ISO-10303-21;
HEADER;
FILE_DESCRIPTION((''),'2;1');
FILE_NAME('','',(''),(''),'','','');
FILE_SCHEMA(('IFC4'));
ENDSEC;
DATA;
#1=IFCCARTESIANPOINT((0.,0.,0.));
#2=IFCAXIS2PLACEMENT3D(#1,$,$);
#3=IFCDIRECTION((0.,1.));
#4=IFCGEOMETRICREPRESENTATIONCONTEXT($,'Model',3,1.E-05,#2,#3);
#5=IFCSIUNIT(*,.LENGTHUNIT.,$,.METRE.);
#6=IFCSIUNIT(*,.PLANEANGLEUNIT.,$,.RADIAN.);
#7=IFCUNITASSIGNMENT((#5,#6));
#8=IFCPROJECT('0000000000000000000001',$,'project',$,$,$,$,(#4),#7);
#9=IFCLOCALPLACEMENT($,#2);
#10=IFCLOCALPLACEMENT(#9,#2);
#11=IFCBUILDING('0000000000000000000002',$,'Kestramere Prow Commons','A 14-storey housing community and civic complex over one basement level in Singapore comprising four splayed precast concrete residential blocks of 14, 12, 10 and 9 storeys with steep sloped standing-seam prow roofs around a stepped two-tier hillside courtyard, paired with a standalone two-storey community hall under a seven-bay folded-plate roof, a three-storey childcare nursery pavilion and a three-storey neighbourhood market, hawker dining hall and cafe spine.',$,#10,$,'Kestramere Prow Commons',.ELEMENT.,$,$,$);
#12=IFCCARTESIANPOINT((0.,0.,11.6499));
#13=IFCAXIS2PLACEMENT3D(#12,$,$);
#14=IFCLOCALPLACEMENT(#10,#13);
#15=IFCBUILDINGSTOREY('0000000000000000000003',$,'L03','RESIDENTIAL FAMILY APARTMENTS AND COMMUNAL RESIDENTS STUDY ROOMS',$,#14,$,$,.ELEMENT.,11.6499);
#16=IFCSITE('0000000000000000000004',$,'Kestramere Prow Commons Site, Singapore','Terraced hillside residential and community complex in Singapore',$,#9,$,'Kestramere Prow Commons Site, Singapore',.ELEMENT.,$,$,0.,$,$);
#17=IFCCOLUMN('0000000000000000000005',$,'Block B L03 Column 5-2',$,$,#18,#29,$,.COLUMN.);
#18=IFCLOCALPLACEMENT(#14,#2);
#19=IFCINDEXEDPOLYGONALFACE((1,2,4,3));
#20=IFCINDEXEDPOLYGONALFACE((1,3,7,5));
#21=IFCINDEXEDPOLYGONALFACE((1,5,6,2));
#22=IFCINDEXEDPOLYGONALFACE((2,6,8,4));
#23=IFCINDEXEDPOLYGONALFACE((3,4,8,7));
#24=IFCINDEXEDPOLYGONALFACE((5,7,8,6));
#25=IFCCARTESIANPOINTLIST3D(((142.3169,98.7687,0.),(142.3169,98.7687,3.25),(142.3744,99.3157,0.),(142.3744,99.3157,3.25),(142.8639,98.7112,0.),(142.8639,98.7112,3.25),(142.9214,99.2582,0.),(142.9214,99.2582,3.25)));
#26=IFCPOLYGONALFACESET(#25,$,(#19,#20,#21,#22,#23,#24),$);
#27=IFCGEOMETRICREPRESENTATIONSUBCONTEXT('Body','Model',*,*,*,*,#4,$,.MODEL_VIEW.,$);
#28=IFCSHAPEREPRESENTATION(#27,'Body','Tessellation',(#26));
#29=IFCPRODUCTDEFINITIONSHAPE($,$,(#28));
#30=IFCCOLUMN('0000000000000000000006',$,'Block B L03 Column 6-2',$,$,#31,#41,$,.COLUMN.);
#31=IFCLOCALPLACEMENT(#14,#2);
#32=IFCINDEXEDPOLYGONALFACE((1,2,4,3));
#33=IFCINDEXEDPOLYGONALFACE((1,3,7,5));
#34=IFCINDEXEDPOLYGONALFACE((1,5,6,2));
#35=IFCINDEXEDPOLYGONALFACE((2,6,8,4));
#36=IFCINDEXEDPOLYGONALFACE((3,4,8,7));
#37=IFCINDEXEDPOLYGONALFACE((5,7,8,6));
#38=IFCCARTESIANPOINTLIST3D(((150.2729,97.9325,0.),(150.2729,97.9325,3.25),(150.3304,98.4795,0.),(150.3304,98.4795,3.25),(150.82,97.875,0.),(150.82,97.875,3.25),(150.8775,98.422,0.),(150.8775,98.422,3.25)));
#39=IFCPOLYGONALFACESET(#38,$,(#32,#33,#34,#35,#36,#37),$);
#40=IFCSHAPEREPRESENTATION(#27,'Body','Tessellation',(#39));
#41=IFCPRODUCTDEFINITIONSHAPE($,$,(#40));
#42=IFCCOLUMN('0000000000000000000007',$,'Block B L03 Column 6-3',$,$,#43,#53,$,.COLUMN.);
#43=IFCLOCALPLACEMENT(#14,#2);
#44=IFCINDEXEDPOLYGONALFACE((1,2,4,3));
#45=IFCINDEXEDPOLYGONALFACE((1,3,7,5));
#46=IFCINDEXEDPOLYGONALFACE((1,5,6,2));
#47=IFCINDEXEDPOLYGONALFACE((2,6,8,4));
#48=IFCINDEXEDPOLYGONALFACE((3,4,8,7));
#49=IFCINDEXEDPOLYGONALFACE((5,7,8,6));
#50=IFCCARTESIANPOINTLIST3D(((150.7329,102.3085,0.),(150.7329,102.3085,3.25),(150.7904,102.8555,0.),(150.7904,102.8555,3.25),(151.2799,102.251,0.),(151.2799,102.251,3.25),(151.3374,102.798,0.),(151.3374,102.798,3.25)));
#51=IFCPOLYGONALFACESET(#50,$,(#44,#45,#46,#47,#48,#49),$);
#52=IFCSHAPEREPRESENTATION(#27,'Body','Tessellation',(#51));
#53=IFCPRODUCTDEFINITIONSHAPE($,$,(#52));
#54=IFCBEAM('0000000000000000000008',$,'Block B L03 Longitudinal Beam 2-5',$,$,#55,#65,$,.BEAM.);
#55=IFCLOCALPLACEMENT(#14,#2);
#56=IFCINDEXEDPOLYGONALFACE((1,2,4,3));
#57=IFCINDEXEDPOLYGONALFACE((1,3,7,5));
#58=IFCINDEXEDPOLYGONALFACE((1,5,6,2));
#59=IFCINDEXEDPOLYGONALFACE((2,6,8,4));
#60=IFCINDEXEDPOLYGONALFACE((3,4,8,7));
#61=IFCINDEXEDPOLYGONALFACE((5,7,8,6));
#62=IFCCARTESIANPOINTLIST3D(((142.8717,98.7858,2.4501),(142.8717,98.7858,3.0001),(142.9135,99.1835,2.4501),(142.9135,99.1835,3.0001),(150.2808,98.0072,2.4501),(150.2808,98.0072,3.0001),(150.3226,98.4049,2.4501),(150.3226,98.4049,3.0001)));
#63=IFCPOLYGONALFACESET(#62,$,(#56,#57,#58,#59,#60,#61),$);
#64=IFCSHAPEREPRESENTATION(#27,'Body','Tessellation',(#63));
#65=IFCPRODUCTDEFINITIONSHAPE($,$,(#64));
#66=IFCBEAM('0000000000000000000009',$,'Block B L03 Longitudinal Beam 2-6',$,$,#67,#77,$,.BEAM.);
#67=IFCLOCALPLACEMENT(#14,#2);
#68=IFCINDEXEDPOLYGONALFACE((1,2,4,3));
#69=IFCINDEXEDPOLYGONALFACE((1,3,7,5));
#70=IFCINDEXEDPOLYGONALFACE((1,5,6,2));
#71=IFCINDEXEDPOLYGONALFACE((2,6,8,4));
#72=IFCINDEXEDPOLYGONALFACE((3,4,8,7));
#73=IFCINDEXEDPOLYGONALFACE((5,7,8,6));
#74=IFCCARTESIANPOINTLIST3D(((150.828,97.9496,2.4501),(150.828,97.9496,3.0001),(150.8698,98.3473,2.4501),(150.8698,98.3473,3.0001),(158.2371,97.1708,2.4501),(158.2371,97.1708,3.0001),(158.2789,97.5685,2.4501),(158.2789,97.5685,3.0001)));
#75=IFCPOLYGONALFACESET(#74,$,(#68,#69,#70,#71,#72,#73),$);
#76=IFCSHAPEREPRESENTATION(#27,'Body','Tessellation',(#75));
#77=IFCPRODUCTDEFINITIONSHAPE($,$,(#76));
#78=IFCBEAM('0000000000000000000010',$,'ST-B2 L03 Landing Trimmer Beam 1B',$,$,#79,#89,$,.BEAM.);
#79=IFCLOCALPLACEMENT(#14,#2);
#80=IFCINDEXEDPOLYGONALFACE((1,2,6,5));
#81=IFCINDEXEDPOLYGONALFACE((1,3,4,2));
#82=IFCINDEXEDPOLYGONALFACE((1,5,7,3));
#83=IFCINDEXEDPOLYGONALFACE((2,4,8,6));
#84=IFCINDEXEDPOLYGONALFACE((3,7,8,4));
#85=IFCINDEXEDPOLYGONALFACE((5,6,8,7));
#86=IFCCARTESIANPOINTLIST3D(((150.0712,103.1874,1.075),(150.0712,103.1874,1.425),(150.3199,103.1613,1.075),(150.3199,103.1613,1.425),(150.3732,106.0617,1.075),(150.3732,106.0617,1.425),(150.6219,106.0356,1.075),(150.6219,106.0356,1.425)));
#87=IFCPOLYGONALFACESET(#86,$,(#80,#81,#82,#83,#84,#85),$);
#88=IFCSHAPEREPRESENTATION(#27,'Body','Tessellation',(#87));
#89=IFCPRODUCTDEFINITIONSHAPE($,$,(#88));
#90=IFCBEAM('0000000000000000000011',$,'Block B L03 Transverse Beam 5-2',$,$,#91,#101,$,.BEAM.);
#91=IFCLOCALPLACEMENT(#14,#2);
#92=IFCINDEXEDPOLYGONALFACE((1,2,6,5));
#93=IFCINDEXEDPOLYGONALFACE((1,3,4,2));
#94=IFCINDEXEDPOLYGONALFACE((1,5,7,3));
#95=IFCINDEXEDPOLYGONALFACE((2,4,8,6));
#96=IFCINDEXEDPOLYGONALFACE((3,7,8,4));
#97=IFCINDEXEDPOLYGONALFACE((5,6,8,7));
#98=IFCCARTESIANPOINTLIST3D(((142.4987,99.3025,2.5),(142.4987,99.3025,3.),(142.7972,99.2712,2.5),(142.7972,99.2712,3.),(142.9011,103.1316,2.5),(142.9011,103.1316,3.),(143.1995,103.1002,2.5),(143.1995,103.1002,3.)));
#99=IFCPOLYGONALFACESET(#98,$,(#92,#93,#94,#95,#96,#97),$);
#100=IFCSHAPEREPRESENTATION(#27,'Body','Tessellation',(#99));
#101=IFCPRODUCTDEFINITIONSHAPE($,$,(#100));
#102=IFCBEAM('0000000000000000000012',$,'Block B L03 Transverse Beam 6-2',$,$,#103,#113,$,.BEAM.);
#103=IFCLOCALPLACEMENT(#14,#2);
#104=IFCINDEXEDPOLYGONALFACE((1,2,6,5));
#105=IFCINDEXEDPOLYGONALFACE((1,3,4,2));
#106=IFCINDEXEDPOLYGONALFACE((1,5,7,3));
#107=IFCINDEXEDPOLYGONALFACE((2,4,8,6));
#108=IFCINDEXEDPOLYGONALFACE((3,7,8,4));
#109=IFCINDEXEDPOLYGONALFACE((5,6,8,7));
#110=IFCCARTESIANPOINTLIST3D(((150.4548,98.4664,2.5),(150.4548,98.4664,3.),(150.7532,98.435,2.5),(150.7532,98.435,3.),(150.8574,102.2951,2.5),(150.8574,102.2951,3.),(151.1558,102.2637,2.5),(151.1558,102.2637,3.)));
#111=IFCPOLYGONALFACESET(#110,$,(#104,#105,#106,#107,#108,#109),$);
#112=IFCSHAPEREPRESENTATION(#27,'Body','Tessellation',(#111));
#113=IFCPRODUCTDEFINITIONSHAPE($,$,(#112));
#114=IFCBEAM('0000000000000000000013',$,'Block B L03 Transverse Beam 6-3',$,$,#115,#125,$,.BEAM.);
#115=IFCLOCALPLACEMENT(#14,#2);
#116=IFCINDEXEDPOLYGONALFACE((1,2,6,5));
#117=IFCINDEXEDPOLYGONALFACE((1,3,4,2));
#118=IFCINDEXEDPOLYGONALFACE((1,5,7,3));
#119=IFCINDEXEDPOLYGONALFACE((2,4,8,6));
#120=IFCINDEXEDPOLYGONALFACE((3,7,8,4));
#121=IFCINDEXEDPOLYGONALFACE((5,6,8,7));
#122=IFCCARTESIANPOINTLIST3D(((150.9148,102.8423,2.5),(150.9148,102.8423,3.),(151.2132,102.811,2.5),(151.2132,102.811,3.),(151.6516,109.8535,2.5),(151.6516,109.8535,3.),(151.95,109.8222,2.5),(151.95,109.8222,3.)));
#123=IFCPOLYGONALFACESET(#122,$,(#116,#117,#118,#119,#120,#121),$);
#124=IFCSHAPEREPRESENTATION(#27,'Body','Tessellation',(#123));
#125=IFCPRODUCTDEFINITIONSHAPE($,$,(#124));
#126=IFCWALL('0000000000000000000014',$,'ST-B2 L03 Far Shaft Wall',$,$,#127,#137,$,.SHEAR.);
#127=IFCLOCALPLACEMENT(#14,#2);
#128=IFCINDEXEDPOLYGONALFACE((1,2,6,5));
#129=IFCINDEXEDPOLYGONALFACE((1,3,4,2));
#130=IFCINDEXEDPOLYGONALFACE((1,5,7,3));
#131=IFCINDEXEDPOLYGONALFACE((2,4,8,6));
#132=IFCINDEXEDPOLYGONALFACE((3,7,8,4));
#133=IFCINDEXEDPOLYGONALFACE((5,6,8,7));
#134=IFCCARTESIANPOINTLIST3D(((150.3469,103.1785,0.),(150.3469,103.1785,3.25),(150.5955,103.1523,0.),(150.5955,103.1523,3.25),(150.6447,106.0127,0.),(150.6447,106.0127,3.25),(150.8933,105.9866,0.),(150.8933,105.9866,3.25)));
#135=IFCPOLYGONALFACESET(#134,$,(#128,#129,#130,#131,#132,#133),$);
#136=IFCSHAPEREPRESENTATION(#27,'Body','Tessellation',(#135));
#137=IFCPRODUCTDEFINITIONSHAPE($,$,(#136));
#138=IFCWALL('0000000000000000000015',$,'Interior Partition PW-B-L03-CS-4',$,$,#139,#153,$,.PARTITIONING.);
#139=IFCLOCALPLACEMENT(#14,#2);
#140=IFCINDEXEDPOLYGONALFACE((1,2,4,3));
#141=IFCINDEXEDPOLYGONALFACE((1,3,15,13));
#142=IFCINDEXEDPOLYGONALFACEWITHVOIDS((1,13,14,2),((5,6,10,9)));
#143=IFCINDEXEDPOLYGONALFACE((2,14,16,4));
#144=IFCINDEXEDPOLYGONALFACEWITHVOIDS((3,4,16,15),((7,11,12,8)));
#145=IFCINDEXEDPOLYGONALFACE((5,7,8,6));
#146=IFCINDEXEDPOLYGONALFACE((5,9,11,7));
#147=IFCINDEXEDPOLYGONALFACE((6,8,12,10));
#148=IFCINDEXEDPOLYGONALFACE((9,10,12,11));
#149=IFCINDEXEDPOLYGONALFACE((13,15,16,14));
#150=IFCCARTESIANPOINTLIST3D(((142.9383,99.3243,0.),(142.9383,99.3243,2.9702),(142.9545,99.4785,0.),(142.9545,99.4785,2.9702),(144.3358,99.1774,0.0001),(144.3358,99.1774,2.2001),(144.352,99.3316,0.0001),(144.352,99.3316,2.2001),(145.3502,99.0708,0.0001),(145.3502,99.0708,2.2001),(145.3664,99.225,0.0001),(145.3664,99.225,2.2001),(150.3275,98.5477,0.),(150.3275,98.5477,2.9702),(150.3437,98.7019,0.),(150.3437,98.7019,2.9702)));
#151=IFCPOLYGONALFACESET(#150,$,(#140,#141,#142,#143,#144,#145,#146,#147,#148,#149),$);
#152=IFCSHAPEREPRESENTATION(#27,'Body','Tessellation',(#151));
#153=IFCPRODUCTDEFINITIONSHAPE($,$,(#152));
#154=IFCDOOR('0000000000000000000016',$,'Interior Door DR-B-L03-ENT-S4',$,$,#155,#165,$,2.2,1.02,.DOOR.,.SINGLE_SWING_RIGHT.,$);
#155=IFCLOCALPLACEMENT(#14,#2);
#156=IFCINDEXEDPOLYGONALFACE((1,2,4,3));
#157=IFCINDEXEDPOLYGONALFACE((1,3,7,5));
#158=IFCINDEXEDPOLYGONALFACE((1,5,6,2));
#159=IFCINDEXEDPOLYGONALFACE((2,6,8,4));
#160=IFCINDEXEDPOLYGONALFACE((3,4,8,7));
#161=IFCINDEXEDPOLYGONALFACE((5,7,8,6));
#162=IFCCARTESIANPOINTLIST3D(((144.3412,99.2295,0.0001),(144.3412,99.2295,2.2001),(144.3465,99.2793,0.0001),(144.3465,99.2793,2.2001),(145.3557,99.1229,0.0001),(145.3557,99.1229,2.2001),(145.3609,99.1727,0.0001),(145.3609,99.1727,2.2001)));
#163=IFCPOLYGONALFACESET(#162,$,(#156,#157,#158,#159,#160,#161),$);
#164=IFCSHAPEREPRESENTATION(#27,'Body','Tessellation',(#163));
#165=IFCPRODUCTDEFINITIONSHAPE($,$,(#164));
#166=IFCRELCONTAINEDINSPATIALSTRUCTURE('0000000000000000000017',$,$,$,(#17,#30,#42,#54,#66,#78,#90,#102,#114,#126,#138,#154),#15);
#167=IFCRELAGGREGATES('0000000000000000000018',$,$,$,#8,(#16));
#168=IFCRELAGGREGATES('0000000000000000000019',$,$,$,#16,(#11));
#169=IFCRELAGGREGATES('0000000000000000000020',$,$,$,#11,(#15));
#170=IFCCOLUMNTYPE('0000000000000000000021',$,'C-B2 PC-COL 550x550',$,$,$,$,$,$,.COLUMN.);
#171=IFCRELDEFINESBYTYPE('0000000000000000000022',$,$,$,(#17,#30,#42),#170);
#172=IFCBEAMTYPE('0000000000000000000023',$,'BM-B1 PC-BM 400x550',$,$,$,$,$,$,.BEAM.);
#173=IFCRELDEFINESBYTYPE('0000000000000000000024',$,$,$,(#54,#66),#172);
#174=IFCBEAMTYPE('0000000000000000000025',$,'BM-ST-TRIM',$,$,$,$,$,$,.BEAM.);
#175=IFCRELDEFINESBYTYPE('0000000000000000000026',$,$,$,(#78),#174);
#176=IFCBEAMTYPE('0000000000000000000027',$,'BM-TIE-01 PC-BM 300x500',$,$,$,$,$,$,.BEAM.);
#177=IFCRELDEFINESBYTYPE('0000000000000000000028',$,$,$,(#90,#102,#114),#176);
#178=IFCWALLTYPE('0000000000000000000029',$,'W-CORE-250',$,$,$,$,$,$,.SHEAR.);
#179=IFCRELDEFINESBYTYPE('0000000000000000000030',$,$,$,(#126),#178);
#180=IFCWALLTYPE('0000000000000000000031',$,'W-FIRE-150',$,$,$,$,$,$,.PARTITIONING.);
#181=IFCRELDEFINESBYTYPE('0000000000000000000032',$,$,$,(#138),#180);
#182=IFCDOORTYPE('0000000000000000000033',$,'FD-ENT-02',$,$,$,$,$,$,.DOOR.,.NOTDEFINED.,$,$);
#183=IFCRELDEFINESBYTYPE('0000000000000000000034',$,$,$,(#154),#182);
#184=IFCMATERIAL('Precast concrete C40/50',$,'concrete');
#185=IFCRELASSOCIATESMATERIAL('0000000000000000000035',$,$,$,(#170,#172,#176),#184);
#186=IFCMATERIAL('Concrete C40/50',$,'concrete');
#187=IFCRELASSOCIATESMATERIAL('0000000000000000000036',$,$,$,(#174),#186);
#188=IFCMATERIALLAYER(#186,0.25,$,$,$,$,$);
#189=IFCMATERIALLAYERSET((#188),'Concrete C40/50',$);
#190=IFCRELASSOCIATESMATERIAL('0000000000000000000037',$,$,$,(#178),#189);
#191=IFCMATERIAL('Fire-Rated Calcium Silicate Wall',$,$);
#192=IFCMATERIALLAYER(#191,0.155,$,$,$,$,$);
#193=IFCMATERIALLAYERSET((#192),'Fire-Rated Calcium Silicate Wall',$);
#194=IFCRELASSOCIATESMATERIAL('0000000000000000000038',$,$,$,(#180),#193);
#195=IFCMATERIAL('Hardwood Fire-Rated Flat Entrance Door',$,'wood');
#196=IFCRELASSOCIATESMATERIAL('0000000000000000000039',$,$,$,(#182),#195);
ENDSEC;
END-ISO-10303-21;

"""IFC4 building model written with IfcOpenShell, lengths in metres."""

from ifc_helpers import new_model, si_unit, direction, frame, frame_2d, origin, origin_2d, place, context, subcontext, project, spatial, rectangle, extrude, material, layer, layer_set, material_profile, profile_set, type_object, element, fill, save


model = new_model("IFC4")

# Units and contexts
model_context = context("Model", 3, precision=1e-05, world=origin(), true_north=direction((0.0, 1.0)))
body_context = subcontext(model_context, "Body", "Model", "MODEL_VIEW")
ifc_project = project(units=[si_unit("LENGTHUNIT", "METRE"), si_unit("PLANEANGLEUNIT", "RADIAN")], contexts=[model_context])

# Site, building, storey
site_placement = place(None, origin())
site = spatial("IfcSite", under=ifc_project, at=site_placement, Name="Kestramere Prow Commons Site, Singapore", Description="Terraced hillside residential and community complex in Singapore", LongName="Kestramere Prow Commons Site, Singapore", CompositionType="ELEMENT", RefElevation=0.0)
building_placement = place(site_placement, origin())
building = spatial("IfcBuilding", under=site, at=building_placement, Name="Kestramere Prow Commons", Description="A 14-storey housing community and civic complex over one basement level in Singapore comprising four splayed precast concrete residential blocks of 14, 12, 10 and 9 storeys with steep sloped standing-seam prow roofs around a stepped two-tier hillside courtyard, paired with a standalone two-storey community hall under a seven-bay folded-plate roof, a three-storey childcare nursery pavilion and a three-storey neighbourhood market, hawker dining hall and cafe spine.", LongName="Kestramere Prow Commons", CompositionType="ELEMENT")
storey_placement = place(building_placement, frame((0.0, 0.0, 11.6499)))
storey = spatial("IfcBuildingStorey", under=building, at=storey_placement, Name="L03", Description="RESIDENTIAL FAMILY APARTMENTS AND COMMUNAL RESIDENTS STUDY ROOMS", CompositionType="ELEMENT", Elevation=11.6499)

# Columns
ifc_material_1 = material(Name="Precast concrete C40/50", Category="concrete")
ifc_material_profile_1 = material_profile(ifc_material_1, rectangle(XDim=0.55, YDim=0.55, at=origin_2d()), Name="PC-COL 550x550")
ifc_profile_set_1 = profile_set([ifc_material_profile_1], Name="Precast concrete C40/50")
column_type = type_object("IfcColumnType", Name="C-B2 PC-COL 550x550", PredefinedType="COLUMN", material=ifc_profile_set_1)
for number, where, z_axis, x_axis, name in (
    (1, (142.6191, 99.0134, 0.0), (0.0, 0.0, 1.0), (0.994522, -0.104528, 0.0), "Block B L03 Column 5-2"),
    (2, (150.5752, 98.1772, 0.0), (0.0, 0.0, 1.0), (0.994522, -0.104528, 0.0), "Block B L03 Column 6-2"),
    (3, (151.0352, 102.5532, 0.0), (0.0, 0.0, 1.0), (0.994522, -0.104528, 0.0), "Block B L03 Column 6-3"),
):
    element("IfcColumn", number, at=place(storey_placement, frame(where, z_axis=z_axis, x_axis=x_axis)), inside=storey, type_object=column_type, Name=name, PredefinedType="COLUMN", context=body_context, shape_type="SweptSolid", body=[
        extrude(rectangle(XDim=0.55, YDim=0.55, at=origin_2d()), origin(), (0.0, 0.0, 1.0), 3.25),
    ])

# Beams
ifc_material_profile_2 = material_profile(ifc_material_1, rectangle(XDim=0.3999, YDim=0.55, at=origin_2d()), Name="PC-BM 400x550")
ifc_profile_set_2 = profile_set([ifc_material_profile_2], Name="Precast concrete C40/50")
beam_type_1 = type_object("IfcBeamType", Name="BM-B1 PC-BM 400x550", PredefinedType="BEAM", material=ifc_profile_set_2)
for number, where, z_axis, x_axis, name in (
    (4, (142.8926, 98.9846, 2.7251), (0.994524, -0.104506, 0.0), (0.104506, 0.994524, 0.0), "Block B L03 Longitudinal Beam 2-5"),
    (5, (150.8489, 98.1484, 2.7251), (0.994521, -0.104538, 0.0), (0.104538, 0.994521, 0.0), "Block B L03 Longitudinal Beam 2-6"),
):
    element("IfcBeam", number, at=place(storey_placement, frame(where, z_axis=z_axis, x_axis=x_axis)), inside=storey, type_object=beam_type_1, Name=name, PredefinedType="BEAM", context=body_context, shape_type="SweptSolid", body=[
        extrude(rectangle(XDim=0.3999, YDim=0.55, at=origin_2d()), origin(), (0.0, 0.0, 1.0), 7.45),
    ])
ifc_material_2 = material(Name="Concrete C40/50", Category="concrete")
ifc_material_profile_3 = material_profile(ifc_material_2, rectangle(XDim=0.25, YDim=0.3501, at=origin_2d()), Name="PC-BM 250x350")
ifc_profile_set_3 = profile_set([ifc_material_profile_3], Name="Concrete C40/50")
beam_type_2 = type_object("IfcBeamType", Name="BM-ST-TRIM", PredefinedType="BEAM", material=ifc_profile_set_3)
beam_1_placement = place(storey_placement, frame((150.1956, 103.1743, 1.25), z_axis=(0.104496, 0.994525, 0.0), x_axis=(-0.994525, 0.104496, 0.0)))
element("IfcBeam", 6, at=beam_1_placement, inside=storey, type_object=beam_type_2, Name="ST-B2 L03 Landing Trimmer Beam 1B", PredefinedType="BEAM", context=body_context, shape_type="SweptSolid", body=[
    extrude(rectangle(XDim=0.25, YDim=0.3501, at=origin_2d()), origin(), (0.0, 0.0, 1.0), 2.8901),
])
ifc_material_profile_4 = material_profile(ifc_material_1, rectangle(XDim=0.3, YDim=0.5, at=origin_2d()), Name="PC-BM 300x500")
ifc_profile_set_4 = profile_set([ifc_material_profile_4], Name="Precast concrete C40/50")
beam_type_3 = type_object("IfcBeamType", Name="BM-TIE-01 PC-BM 300x500", PredefinedType="BEAM", material=ifc_profile_set_4)
beam_2_placement = place(storey_placement, frame((142.6479, 99.2869, 2.75), z_axis=(0.1045, 0.994525, 0.0), x_axis=(-0.994525, 0.1045, 0.0)))
element("IfcBeam", 7, at=beam_2_placement, inside=storey, type_object=beam_type_3, Name="Block B L03 Transverse Beam 5-2", PredefinedType="BEAM", context=body_context, shape_type="SweptSolid", body=[
    extrude(rectangle(XDim=0.3, YDim=0.5, at=origin_2d()), origin(), (0.0, 0.0, 1.0), 3.8501),
])
beam_3_placement = place(storey_placement, frame((150.604, 98.4507, 2.75), z_axis=(0.104569, 0.994518, 0.0), x_axis=(-0.994518, 0.104569, 0.0)))
element("IfcBeam", 8, at=beam_3_placement, inside=storey, type_object=beam_type_3, Name="Block B L03 Transverse Beam 6-2", PredefinedType="BEAM", context=body_context, shape_type="SweptSolid", body=[
    extrude(rectangle(XDim=0.3, YDim=0.5, at=origin_2d()), origin(), (0.0, 0.0, 1.0), 3.8499),
])
beam_4_placement = place(storey_placement, frame((151.064, 102.8267, 2.75), z_axis=(0.104515, 0.994523, 0.0), x_axis=(-0.994523, 0.104515, 0.0)))
element("IfcBeam", 9, at=beam_4_placement, inside=storey, type_object=beam_type_3, Name="Block B L03 Transverse Beam 6-3", PredefinedType="BEAM", context=body_context, shape_type="SweptSolid", body=[
    extrude(rectangle(XDim=0.3, YDim=0.5, at=origin_2d()), origin(), (0.0, 0.0, 1.0), 7.0498),
])

# Wall
ifc_layer_1 = layer(ifc_material_2, 0.25)
ifc_layer_set_1 = layer_set([ifc_layer_1], Name="Concrete C40/50")
wall_type_1 = type_object("IfcWallType", Name="W-CORE-250", PredefinedType="SHEAR", material=ifc_layer_set_1)
wall_1_placement = place(storey_placement, frame((150.4712, 103.1655, 0.0), z_axis=(0.0, 0.0, 1.0), x_axis=(0.104515, 0.994523, 0.0)))
element("IfcWall", 10, at=wall_1_placement, inside=storey, type_object=wall_type_1, Name="ST-B2 L03 Far Shaft Wall", PredefinedType="SHEAR", context=body_context, shape_type="SweptSolid", body=[
    extrude(rectangle(XDim=2.8499, YDim=0.25, at=frame_2d((1.4248, 0.0))), origin(), (0.0, 0.0, 1.0), 3.25),
])

# Wall, opening, door
ifc_material_3 = material(Name="Fire-Rated Calcium Silicate Wall")
ifc_layer_2 = layer(ifc_material_3, 0.155)
ifc_layer_set_2 = layer_set([ifc_layer_2], Name="Fire-Rated Calcium Silicate Wall")
wall_type_2 = type_object("IfcWallType", Name="W-FIRE-150", PredefinedType="PARTITIONING", material=ifc_layer_set_2)
wall_2_placement = place(storey_placement, frame((142.9465, 99.4014, 0.0), z_axis=(0.0, 0.0, 1.0), x_axis=(0.994522, -0.104526, 0.0)))
wall_2 = element("IfcWall", 11, at=wall_2_placement, inside=storey, type_object=wall_type_2, Name="Interior Partition PW-B-L03-CS-4", PredefinedType="PARTITIONING", context=body_context, shape_type="SweptSolid", body=[
    extrude(rectangle(XDim=7.4299, YDim=0.155, at=frame_2d((3.7148, 0.0))), origin(), (0.0, 0.0, 1.0), 2.9702),
])
opening_1_placement = place(wall_2_placement, frame((1.405, 0.0, 0.0)))
opening_1 = element("IfcOpeningElement", 12, at=opening_1_placement, cuts=wall_2, PredefinedType="OPENING", context=body_context, shape_type="SweptSolid", body=[
    extrude(rectangle(XDim=1.02, YDim=2.2, at=frame_2d((0.51, 1.1001))), frame((0.0, 0.0925, 0.0), z_axis=(0.0, -1.0, 0.0), x_axis=(1.0, 0.0, 0.0)), (0.0, 0.0, 1.0), 0.1851),
])
ifc_material_4 = material(Name="Hardwood Fire-Rated Flat Entrance Door", Category="wood")
door_type_1 = type_object("IfcDoorType", Name="FD-ENT-02", OperationType="NOTDEFINED", PredefinedType="DOOR", material=ifc_material_4)
door_1_placement = place(opening_1_placement, origin())
door_1 = element("IfcDoor", 13, at=door_1_placement, inside=storey, type_object=door_type_1, Name="Interior Door DR-B-L03-ENT-S4", OperationType="SINGLE_SWING_RIGHT", OverallHeight=2.2, OverallWidth=1.02, PredefinedType="DOOR", context=body_context, shape_type="SweptSolid", body=[
    extrude(rectangle(XDim=1.02, YDim=2.2, at=frame_2d((0.51, 1.1001))), frame((0.0, 0.0249, 0.0), z_axis=(0.0, -1.0, 0.0), x_axis=(1.0, 0.0, 0.0)), (0.0, 0.0, 1.0), 0.05),
])
fill(opening_1, door_1)

save(model, "model.ifc")
